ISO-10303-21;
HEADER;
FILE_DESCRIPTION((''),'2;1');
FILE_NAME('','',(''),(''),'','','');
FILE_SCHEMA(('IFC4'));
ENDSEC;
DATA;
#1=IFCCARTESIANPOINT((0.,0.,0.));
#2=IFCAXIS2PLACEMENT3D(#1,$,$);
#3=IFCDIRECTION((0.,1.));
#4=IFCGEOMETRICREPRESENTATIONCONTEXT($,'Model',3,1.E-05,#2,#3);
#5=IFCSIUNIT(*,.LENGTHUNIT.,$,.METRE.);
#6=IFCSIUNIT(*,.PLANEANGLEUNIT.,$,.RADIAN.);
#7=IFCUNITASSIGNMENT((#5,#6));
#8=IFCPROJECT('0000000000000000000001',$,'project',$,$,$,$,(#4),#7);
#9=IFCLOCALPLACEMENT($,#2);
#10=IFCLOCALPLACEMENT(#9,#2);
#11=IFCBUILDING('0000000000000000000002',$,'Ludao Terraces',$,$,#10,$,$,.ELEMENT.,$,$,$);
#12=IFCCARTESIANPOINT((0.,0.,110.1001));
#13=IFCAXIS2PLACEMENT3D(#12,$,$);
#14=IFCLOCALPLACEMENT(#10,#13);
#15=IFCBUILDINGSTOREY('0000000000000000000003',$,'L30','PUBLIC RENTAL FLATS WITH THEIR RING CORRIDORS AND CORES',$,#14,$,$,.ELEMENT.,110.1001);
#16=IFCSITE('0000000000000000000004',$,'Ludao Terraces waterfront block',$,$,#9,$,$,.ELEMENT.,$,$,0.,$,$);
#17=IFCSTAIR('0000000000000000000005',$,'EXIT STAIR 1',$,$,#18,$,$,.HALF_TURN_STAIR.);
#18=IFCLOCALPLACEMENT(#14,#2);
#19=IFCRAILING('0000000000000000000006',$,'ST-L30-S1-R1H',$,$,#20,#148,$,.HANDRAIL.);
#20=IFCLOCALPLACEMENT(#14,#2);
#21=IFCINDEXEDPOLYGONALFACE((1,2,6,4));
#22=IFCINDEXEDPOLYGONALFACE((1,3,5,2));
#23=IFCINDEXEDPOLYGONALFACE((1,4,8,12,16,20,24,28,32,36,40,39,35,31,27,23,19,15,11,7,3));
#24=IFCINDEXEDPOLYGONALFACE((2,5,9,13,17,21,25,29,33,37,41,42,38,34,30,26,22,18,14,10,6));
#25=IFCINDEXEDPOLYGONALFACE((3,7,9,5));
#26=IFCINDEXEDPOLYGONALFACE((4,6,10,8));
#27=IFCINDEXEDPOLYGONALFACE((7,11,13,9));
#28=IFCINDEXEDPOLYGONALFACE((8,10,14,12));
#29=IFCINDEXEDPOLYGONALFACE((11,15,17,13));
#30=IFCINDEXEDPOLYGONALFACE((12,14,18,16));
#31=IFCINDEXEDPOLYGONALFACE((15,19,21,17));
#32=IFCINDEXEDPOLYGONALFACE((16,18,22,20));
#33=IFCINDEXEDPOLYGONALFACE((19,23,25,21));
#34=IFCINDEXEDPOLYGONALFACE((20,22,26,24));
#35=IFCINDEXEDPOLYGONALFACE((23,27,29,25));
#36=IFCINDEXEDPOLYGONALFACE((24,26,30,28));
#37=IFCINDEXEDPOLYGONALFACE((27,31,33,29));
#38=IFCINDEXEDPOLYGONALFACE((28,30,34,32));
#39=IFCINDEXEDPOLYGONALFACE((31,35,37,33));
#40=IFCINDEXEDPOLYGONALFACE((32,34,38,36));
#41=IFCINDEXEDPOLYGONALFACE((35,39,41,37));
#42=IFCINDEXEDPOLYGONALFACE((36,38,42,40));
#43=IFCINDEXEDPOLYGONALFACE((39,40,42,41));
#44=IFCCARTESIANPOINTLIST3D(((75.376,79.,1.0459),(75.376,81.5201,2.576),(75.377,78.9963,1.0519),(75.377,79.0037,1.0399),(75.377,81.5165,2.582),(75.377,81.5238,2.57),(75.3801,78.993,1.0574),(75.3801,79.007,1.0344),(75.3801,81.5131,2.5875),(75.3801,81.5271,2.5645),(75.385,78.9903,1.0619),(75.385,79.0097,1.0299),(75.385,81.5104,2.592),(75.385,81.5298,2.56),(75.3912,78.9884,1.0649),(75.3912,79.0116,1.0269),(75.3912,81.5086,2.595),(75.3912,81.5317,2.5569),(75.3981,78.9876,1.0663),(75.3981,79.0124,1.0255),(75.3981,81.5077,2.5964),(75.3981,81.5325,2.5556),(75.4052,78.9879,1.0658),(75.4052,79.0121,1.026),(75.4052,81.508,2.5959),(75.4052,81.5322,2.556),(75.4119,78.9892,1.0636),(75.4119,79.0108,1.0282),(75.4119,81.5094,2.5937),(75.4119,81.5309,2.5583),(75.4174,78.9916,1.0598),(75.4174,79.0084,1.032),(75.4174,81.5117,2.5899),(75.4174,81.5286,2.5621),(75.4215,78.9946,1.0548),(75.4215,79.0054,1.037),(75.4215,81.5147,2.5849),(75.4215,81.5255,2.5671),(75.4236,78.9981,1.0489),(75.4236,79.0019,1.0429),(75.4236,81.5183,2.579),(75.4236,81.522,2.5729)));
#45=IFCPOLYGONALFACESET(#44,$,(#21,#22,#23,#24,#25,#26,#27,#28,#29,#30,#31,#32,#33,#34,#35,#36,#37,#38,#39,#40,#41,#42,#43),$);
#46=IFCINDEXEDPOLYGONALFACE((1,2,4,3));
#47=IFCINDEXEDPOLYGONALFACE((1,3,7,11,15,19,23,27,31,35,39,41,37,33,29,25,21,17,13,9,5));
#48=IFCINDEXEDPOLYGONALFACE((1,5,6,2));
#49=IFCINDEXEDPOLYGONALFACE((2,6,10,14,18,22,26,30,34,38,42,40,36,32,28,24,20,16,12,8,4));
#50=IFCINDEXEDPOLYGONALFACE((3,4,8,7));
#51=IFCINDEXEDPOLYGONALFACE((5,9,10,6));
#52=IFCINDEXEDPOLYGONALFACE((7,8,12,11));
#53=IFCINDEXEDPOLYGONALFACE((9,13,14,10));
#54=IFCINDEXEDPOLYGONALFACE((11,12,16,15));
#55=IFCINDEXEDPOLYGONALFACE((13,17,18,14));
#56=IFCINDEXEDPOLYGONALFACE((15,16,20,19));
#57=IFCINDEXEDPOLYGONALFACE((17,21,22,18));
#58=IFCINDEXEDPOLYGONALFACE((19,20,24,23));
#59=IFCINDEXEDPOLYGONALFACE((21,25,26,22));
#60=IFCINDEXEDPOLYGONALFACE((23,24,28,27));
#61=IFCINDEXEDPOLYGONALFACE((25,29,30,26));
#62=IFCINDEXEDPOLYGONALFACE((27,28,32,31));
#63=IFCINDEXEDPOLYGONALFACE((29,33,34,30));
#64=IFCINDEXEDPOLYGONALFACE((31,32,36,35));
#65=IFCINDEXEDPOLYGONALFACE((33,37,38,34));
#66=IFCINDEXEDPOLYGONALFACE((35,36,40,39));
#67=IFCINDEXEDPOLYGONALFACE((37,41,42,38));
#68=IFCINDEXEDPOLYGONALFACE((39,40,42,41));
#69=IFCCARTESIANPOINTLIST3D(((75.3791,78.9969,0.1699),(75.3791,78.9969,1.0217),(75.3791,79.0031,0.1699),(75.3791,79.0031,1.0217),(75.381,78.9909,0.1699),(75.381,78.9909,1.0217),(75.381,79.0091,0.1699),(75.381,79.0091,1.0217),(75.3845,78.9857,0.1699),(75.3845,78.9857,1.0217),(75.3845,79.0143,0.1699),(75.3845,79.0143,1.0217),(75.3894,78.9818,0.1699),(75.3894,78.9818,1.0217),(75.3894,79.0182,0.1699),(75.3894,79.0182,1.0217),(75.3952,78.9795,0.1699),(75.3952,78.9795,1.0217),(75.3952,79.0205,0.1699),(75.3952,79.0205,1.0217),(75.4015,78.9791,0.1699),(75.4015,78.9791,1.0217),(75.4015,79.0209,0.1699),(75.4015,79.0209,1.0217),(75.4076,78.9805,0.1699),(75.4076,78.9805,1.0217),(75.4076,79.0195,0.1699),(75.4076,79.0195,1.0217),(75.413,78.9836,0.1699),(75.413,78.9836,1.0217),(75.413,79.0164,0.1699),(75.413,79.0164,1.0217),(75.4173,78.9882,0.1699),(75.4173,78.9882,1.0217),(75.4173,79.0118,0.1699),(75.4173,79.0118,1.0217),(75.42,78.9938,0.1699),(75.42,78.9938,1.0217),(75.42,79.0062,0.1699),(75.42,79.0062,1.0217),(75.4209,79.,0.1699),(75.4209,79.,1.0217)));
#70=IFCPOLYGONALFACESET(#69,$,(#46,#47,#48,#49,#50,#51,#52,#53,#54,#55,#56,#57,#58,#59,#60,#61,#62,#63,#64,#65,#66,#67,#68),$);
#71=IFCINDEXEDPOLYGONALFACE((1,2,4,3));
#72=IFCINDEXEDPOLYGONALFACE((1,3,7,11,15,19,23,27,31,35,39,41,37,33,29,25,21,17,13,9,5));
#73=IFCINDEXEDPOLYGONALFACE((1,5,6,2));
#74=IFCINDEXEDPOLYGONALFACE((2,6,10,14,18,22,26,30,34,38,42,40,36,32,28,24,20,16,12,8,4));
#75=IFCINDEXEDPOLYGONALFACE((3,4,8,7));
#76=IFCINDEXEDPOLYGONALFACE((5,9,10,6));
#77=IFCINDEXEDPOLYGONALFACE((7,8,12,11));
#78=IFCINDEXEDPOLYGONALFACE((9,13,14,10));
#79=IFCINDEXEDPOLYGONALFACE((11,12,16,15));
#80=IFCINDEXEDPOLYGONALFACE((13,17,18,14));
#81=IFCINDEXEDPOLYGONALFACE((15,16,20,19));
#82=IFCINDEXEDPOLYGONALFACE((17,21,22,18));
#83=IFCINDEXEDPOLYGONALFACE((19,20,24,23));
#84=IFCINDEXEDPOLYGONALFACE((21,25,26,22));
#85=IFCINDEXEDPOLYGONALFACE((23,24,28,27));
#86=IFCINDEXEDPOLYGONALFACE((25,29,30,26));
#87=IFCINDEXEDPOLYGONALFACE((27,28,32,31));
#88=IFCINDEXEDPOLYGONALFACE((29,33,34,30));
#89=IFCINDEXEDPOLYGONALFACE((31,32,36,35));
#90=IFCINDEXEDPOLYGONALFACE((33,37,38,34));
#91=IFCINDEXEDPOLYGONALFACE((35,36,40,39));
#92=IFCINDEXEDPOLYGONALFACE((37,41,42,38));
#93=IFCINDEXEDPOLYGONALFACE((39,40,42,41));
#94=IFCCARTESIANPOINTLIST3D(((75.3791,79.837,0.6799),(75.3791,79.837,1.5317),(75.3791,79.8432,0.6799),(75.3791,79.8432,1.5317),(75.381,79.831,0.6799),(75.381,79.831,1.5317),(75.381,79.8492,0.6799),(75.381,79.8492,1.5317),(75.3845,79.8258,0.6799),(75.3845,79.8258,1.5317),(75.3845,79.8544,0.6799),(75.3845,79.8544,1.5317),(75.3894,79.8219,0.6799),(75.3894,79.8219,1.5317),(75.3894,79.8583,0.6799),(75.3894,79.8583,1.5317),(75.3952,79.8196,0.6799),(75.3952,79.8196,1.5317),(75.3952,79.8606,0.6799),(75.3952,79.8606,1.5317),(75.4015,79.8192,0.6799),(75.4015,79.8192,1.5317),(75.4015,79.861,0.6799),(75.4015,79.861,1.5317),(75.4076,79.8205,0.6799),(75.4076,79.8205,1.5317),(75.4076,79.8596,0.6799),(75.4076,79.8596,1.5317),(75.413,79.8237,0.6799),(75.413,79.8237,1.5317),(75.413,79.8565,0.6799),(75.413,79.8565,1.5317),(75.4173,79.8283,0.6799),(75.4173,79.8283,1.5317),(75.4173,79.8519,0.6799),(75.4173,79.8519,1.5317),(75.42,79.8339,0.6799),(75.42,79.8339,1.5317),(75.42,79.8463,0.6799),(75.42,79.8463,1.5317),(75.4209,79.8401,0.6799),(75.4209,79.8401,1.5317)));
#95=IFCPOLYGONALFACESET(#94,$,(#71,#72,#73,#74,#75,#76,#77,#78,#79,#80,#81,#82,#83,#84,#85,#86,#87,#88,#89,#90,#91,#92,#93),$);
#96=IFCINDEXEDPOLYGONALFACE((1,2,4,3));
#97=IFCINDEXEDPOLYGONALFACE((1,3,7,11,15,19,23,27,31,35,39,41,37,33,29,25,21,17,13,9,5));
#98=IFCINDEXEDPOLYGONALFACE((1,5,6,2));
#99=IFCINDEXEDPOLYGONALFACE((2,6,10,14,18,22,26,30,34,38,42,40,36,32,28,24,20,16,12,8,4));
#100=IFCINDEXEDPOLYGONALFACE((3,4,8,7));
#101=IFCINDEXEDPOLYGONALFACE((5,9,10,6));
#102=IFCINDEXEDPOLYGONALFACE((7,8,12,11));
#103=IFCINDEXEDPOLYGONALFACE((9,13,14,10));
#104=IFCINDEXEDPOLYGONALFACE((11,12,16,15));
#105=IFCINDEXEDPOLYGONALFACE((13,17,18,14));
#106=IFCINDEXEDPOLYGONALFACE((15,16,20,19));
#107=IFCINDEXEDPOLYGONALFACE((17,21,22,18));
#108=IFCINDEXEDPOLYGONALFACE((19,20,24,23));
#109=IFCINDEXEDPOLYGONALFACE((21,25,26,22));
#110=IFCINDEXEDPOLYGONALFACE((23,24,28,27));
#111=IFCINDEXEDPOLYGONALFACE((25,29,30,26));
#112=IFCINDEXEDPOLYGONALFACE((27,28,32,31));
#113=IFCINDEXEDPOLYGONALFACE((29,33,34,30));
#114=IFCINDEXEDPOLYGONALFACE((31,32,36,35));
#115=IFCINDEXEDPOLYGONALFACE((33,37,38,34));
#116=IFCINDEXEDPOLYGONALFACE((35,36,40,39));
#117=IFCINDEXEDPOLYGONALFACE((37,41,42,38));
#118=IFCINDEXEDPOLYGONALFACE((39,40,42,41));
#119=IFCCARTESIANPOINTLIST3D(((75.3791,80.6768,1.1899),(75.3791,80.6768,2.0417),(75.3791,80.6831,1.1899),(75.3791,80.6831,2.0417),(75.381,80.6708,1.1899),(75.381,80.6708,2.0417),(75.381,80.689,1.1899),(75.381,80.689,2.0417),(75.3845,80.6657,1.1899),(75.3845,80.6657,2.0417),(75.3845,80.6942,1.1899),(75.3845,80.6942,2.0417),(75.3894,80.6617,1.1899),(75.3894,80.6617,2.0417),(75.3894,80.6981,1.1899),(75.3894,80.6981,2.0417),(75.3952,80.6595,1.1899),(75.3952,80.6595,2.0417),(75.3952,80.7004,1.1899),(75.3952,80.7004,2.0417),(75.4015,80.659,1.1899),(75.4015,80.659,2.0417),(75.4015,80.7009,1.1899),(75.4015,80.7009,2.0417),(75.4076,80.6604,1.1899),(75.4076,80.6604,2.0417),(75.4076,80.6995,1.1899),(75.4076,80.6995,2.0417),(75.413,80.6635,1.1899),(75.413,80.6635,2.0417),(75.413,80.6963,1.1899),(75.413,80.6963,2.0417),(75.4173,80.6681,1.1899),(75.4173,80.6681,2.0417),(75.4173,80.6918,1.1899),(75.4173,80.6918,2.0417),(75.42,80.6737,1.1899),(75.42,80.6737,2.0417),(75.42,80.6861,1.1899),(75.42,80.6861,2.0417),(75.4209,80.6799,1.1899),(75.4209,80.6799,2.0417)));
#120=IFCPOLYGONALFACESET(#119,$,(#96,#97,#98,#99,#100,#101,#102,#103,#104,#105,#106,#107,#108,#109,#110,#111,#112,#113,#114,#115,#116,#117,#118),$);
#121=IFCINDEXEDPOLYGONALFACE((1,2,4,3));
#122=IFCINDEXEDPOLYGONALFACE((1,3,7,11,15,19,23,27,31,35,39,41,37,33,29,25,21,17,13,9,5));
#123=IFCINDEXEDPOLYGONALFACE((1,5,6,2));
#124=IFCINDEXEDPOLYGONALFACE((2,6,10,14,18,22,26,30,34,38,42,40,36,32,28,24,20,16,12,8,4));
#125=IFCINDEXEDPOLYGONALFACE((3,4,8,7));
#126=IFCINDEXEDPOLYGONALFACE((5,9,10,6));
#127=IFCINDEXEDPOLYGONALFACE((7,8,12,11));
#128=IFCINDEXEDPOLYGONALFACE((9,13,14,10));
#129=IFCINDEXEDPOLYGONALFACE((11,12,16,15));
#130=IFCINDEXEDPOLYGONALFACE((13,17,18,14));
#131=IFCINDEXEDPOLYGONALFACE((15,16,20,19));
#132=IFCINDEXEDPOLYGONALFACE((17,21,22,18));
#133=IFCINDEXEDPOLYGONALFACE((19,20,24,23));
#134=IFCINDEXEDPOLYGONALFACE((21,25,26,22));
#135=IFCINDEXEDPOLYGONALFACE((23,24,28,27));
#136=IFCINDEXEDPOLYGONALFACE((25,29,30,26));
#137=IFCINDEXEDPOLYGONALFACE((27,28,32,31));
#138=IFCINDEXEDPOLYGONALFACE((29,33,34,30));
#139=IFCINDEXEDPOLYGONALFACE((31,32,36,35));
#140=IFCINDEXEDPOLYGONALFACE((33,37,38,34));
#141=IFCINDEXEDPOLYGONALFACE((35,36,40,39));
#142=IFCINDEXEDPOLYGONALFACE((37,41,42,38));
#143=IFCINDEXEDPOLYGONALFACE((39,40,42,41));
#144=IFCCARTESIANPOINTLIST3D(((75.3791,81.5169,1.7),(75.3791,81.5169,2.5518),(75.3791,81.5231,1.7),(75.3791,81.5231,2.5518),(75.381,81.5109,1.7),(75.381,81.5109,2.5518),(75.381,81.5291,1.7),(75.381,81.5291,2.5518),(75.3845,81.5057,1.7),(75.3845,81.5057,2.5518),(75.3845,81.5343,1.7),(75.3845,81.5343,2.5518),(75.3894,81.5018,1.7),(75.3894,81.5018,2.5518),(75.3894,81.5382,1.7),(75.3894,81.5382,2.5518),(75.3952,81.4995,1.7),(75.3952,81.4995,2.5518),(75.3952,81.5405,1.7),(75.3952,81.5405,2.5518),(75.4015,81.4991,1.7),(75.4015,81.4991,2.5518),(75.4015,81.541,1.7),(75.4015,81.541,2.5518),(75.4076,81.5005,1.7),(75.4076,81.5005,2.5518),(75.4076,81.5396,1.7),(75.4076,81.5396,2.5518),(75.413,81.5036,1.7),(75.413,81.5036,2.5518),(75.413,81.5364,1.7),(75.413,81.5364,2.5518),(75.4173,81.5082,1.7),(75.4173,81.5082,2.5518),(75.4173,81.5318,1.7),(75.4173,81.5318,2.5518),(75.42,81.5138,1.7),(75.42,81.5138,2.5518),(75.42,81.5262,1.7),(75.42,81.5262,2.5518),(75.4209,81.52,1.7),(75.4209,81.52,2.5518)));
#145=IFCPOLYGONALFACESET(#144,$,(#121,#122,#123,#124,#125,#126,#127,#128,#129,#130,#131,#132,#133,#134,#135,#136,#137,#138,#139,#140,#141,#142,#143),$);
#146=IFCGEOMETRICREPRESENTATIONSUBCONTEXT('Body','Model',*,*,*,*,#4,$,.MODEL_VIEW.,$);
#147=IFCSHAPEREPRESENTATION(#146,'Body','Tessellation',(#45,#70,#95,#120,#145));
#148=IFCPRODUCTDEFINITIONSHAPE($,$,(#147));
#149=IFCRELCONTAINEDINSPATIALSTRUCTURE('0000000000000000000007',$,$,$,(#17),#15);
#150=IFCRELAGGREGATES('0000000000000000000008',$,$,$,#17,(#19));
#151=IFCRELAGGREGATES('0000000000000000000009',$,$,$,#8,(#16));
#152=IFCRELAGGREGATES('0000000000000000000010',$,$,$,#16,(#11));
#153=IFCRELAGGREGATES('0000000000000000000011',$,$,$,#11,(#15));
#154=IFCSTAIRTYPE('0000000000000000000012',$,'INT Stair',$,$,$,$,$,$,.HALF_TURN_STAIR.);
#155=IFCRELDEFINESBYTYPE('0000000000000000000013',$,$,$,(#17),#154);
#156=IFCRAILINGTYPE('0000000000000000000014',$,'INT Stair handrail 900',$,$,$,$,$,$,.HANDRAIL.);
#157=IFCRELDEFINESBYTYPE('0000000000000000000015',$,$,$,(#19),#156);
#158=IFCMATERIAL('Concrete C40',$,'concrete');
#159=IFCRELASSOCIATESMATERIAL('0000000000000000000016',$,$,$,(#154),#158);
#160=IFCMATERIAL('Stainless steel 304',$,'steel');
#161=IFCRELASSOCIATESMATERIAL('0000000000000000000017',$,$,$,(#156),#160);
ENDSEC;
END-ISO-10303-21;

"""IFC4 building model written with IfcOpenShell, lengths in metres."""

from ifc_helpers import new_model, si_unit, direction, frame, origin, origin_2d, place, context, subcontext, project, spatial, circle, extrude, material, type_object, element, aggregate, save


model = new_model("IFC4")

# Units and contexts
model_context = context("Model", 3, precision=1e-05, world=origin(), true_north=direction((0.0, 1.0)))
body_context = subcontext(model_context, "Body", "Model", "MODEL_VIEW")
ifc_project = project(units=[si_unit("LENGTHUNIT", "METRE"), si_unit("PLANEANGLEUNIT", "RADIAN")], contexts=[model_context])

# Site, building, storey
site_placement = place(None, origin())
site = spatial("IfcSite", under=ifc_project, at=site_placement, Name="Ludao Terraces waterfront block", CompositionType="ELEMENT", RefElevation=0.0)
building_placement = place(site_placement, origin())
building = spatial("IfcBuilding", under=site, at=building_placement, Name="Ludao Terraces", CompositionType="ELEMENT")
storey_placement = place(building_placement, frame((0.0, 0.0, 110.1001)))
storey = spatial("IfcBuildingStorey", under=building, at=storey_placement, Name="L30", Description="PUBLIC RENTAL FLATS WITH THEIR RING CORRIDORS AND CORES", CompositionType="ELEMENT", Elevation=110.1001)

# Shared definitions
ifc_material_1 = material(Name="Concrete C40", Category="concrete")

# Stair, railing
stair_type = type_object("IfcStairType", Name="INT Stair", PredefinedType="HALF_TURN_STAIR", material=ifc_material_1)
stair_placement = place(storey_placement, origin())
stair = element("IfcStair", 1, at=stair_placement, inside=storey, type_object=stair_type, Name="EXIT STAIR 1", PredefinedType="HALF_TURN_STAIR")
ifc_material_2 = material(Name="Stainless steel 304", Category="steel")
railing_type = type_object("IfcRailingType", Name="INT Stair handrail 900", PredefinedType="HANDRAIL", material=ifc_material_2)
railing_placement = place(storey_placement, frame((75.3999, 79.0, 0.1699)))
railing = element("IfcRailing", 2, at=railing_placement, type_object=railing_type, Name="ST-L30-S1-R1H", PredefinedType="HANDRAIL", context=body_context, shape_type="SweptSolid", body=[
    extrude(circle(Radius=0.0239, at=origin_2d()), frame((0.0, 0.0, 0.876), z_axis=(0.0, 0.854785, 0.518982), x_axis=(-1.0, 0.0, 0.0)), (0.0, 0.0, 1.0), 2.9482),
    extrude(circle(Radius=0.021, at=origin_2d()), origin(), (0.0, 0.0, 1.0), 0.8518),
    extrude(circle(Radius=0.021, at=origin_2d()), frame((0.0, 0.8401, 0.51)), (0.0, 0.0, 1.0), 0.8518),
    extrude(circle(Radius=0.021, at=origin_2d()), frame((0.0, 1.6799, 1.02)), (0.0, 0.0, 1.0), 0.8518),
    extrude(circle(Radius=0.021, at=origin_2d()), frame((0.0, 2.52, 1.53)), (0.0, 0.0, 1.0), 0.8518),
])
aggregate(stair, [railing])

save(model, "model.ifc")
